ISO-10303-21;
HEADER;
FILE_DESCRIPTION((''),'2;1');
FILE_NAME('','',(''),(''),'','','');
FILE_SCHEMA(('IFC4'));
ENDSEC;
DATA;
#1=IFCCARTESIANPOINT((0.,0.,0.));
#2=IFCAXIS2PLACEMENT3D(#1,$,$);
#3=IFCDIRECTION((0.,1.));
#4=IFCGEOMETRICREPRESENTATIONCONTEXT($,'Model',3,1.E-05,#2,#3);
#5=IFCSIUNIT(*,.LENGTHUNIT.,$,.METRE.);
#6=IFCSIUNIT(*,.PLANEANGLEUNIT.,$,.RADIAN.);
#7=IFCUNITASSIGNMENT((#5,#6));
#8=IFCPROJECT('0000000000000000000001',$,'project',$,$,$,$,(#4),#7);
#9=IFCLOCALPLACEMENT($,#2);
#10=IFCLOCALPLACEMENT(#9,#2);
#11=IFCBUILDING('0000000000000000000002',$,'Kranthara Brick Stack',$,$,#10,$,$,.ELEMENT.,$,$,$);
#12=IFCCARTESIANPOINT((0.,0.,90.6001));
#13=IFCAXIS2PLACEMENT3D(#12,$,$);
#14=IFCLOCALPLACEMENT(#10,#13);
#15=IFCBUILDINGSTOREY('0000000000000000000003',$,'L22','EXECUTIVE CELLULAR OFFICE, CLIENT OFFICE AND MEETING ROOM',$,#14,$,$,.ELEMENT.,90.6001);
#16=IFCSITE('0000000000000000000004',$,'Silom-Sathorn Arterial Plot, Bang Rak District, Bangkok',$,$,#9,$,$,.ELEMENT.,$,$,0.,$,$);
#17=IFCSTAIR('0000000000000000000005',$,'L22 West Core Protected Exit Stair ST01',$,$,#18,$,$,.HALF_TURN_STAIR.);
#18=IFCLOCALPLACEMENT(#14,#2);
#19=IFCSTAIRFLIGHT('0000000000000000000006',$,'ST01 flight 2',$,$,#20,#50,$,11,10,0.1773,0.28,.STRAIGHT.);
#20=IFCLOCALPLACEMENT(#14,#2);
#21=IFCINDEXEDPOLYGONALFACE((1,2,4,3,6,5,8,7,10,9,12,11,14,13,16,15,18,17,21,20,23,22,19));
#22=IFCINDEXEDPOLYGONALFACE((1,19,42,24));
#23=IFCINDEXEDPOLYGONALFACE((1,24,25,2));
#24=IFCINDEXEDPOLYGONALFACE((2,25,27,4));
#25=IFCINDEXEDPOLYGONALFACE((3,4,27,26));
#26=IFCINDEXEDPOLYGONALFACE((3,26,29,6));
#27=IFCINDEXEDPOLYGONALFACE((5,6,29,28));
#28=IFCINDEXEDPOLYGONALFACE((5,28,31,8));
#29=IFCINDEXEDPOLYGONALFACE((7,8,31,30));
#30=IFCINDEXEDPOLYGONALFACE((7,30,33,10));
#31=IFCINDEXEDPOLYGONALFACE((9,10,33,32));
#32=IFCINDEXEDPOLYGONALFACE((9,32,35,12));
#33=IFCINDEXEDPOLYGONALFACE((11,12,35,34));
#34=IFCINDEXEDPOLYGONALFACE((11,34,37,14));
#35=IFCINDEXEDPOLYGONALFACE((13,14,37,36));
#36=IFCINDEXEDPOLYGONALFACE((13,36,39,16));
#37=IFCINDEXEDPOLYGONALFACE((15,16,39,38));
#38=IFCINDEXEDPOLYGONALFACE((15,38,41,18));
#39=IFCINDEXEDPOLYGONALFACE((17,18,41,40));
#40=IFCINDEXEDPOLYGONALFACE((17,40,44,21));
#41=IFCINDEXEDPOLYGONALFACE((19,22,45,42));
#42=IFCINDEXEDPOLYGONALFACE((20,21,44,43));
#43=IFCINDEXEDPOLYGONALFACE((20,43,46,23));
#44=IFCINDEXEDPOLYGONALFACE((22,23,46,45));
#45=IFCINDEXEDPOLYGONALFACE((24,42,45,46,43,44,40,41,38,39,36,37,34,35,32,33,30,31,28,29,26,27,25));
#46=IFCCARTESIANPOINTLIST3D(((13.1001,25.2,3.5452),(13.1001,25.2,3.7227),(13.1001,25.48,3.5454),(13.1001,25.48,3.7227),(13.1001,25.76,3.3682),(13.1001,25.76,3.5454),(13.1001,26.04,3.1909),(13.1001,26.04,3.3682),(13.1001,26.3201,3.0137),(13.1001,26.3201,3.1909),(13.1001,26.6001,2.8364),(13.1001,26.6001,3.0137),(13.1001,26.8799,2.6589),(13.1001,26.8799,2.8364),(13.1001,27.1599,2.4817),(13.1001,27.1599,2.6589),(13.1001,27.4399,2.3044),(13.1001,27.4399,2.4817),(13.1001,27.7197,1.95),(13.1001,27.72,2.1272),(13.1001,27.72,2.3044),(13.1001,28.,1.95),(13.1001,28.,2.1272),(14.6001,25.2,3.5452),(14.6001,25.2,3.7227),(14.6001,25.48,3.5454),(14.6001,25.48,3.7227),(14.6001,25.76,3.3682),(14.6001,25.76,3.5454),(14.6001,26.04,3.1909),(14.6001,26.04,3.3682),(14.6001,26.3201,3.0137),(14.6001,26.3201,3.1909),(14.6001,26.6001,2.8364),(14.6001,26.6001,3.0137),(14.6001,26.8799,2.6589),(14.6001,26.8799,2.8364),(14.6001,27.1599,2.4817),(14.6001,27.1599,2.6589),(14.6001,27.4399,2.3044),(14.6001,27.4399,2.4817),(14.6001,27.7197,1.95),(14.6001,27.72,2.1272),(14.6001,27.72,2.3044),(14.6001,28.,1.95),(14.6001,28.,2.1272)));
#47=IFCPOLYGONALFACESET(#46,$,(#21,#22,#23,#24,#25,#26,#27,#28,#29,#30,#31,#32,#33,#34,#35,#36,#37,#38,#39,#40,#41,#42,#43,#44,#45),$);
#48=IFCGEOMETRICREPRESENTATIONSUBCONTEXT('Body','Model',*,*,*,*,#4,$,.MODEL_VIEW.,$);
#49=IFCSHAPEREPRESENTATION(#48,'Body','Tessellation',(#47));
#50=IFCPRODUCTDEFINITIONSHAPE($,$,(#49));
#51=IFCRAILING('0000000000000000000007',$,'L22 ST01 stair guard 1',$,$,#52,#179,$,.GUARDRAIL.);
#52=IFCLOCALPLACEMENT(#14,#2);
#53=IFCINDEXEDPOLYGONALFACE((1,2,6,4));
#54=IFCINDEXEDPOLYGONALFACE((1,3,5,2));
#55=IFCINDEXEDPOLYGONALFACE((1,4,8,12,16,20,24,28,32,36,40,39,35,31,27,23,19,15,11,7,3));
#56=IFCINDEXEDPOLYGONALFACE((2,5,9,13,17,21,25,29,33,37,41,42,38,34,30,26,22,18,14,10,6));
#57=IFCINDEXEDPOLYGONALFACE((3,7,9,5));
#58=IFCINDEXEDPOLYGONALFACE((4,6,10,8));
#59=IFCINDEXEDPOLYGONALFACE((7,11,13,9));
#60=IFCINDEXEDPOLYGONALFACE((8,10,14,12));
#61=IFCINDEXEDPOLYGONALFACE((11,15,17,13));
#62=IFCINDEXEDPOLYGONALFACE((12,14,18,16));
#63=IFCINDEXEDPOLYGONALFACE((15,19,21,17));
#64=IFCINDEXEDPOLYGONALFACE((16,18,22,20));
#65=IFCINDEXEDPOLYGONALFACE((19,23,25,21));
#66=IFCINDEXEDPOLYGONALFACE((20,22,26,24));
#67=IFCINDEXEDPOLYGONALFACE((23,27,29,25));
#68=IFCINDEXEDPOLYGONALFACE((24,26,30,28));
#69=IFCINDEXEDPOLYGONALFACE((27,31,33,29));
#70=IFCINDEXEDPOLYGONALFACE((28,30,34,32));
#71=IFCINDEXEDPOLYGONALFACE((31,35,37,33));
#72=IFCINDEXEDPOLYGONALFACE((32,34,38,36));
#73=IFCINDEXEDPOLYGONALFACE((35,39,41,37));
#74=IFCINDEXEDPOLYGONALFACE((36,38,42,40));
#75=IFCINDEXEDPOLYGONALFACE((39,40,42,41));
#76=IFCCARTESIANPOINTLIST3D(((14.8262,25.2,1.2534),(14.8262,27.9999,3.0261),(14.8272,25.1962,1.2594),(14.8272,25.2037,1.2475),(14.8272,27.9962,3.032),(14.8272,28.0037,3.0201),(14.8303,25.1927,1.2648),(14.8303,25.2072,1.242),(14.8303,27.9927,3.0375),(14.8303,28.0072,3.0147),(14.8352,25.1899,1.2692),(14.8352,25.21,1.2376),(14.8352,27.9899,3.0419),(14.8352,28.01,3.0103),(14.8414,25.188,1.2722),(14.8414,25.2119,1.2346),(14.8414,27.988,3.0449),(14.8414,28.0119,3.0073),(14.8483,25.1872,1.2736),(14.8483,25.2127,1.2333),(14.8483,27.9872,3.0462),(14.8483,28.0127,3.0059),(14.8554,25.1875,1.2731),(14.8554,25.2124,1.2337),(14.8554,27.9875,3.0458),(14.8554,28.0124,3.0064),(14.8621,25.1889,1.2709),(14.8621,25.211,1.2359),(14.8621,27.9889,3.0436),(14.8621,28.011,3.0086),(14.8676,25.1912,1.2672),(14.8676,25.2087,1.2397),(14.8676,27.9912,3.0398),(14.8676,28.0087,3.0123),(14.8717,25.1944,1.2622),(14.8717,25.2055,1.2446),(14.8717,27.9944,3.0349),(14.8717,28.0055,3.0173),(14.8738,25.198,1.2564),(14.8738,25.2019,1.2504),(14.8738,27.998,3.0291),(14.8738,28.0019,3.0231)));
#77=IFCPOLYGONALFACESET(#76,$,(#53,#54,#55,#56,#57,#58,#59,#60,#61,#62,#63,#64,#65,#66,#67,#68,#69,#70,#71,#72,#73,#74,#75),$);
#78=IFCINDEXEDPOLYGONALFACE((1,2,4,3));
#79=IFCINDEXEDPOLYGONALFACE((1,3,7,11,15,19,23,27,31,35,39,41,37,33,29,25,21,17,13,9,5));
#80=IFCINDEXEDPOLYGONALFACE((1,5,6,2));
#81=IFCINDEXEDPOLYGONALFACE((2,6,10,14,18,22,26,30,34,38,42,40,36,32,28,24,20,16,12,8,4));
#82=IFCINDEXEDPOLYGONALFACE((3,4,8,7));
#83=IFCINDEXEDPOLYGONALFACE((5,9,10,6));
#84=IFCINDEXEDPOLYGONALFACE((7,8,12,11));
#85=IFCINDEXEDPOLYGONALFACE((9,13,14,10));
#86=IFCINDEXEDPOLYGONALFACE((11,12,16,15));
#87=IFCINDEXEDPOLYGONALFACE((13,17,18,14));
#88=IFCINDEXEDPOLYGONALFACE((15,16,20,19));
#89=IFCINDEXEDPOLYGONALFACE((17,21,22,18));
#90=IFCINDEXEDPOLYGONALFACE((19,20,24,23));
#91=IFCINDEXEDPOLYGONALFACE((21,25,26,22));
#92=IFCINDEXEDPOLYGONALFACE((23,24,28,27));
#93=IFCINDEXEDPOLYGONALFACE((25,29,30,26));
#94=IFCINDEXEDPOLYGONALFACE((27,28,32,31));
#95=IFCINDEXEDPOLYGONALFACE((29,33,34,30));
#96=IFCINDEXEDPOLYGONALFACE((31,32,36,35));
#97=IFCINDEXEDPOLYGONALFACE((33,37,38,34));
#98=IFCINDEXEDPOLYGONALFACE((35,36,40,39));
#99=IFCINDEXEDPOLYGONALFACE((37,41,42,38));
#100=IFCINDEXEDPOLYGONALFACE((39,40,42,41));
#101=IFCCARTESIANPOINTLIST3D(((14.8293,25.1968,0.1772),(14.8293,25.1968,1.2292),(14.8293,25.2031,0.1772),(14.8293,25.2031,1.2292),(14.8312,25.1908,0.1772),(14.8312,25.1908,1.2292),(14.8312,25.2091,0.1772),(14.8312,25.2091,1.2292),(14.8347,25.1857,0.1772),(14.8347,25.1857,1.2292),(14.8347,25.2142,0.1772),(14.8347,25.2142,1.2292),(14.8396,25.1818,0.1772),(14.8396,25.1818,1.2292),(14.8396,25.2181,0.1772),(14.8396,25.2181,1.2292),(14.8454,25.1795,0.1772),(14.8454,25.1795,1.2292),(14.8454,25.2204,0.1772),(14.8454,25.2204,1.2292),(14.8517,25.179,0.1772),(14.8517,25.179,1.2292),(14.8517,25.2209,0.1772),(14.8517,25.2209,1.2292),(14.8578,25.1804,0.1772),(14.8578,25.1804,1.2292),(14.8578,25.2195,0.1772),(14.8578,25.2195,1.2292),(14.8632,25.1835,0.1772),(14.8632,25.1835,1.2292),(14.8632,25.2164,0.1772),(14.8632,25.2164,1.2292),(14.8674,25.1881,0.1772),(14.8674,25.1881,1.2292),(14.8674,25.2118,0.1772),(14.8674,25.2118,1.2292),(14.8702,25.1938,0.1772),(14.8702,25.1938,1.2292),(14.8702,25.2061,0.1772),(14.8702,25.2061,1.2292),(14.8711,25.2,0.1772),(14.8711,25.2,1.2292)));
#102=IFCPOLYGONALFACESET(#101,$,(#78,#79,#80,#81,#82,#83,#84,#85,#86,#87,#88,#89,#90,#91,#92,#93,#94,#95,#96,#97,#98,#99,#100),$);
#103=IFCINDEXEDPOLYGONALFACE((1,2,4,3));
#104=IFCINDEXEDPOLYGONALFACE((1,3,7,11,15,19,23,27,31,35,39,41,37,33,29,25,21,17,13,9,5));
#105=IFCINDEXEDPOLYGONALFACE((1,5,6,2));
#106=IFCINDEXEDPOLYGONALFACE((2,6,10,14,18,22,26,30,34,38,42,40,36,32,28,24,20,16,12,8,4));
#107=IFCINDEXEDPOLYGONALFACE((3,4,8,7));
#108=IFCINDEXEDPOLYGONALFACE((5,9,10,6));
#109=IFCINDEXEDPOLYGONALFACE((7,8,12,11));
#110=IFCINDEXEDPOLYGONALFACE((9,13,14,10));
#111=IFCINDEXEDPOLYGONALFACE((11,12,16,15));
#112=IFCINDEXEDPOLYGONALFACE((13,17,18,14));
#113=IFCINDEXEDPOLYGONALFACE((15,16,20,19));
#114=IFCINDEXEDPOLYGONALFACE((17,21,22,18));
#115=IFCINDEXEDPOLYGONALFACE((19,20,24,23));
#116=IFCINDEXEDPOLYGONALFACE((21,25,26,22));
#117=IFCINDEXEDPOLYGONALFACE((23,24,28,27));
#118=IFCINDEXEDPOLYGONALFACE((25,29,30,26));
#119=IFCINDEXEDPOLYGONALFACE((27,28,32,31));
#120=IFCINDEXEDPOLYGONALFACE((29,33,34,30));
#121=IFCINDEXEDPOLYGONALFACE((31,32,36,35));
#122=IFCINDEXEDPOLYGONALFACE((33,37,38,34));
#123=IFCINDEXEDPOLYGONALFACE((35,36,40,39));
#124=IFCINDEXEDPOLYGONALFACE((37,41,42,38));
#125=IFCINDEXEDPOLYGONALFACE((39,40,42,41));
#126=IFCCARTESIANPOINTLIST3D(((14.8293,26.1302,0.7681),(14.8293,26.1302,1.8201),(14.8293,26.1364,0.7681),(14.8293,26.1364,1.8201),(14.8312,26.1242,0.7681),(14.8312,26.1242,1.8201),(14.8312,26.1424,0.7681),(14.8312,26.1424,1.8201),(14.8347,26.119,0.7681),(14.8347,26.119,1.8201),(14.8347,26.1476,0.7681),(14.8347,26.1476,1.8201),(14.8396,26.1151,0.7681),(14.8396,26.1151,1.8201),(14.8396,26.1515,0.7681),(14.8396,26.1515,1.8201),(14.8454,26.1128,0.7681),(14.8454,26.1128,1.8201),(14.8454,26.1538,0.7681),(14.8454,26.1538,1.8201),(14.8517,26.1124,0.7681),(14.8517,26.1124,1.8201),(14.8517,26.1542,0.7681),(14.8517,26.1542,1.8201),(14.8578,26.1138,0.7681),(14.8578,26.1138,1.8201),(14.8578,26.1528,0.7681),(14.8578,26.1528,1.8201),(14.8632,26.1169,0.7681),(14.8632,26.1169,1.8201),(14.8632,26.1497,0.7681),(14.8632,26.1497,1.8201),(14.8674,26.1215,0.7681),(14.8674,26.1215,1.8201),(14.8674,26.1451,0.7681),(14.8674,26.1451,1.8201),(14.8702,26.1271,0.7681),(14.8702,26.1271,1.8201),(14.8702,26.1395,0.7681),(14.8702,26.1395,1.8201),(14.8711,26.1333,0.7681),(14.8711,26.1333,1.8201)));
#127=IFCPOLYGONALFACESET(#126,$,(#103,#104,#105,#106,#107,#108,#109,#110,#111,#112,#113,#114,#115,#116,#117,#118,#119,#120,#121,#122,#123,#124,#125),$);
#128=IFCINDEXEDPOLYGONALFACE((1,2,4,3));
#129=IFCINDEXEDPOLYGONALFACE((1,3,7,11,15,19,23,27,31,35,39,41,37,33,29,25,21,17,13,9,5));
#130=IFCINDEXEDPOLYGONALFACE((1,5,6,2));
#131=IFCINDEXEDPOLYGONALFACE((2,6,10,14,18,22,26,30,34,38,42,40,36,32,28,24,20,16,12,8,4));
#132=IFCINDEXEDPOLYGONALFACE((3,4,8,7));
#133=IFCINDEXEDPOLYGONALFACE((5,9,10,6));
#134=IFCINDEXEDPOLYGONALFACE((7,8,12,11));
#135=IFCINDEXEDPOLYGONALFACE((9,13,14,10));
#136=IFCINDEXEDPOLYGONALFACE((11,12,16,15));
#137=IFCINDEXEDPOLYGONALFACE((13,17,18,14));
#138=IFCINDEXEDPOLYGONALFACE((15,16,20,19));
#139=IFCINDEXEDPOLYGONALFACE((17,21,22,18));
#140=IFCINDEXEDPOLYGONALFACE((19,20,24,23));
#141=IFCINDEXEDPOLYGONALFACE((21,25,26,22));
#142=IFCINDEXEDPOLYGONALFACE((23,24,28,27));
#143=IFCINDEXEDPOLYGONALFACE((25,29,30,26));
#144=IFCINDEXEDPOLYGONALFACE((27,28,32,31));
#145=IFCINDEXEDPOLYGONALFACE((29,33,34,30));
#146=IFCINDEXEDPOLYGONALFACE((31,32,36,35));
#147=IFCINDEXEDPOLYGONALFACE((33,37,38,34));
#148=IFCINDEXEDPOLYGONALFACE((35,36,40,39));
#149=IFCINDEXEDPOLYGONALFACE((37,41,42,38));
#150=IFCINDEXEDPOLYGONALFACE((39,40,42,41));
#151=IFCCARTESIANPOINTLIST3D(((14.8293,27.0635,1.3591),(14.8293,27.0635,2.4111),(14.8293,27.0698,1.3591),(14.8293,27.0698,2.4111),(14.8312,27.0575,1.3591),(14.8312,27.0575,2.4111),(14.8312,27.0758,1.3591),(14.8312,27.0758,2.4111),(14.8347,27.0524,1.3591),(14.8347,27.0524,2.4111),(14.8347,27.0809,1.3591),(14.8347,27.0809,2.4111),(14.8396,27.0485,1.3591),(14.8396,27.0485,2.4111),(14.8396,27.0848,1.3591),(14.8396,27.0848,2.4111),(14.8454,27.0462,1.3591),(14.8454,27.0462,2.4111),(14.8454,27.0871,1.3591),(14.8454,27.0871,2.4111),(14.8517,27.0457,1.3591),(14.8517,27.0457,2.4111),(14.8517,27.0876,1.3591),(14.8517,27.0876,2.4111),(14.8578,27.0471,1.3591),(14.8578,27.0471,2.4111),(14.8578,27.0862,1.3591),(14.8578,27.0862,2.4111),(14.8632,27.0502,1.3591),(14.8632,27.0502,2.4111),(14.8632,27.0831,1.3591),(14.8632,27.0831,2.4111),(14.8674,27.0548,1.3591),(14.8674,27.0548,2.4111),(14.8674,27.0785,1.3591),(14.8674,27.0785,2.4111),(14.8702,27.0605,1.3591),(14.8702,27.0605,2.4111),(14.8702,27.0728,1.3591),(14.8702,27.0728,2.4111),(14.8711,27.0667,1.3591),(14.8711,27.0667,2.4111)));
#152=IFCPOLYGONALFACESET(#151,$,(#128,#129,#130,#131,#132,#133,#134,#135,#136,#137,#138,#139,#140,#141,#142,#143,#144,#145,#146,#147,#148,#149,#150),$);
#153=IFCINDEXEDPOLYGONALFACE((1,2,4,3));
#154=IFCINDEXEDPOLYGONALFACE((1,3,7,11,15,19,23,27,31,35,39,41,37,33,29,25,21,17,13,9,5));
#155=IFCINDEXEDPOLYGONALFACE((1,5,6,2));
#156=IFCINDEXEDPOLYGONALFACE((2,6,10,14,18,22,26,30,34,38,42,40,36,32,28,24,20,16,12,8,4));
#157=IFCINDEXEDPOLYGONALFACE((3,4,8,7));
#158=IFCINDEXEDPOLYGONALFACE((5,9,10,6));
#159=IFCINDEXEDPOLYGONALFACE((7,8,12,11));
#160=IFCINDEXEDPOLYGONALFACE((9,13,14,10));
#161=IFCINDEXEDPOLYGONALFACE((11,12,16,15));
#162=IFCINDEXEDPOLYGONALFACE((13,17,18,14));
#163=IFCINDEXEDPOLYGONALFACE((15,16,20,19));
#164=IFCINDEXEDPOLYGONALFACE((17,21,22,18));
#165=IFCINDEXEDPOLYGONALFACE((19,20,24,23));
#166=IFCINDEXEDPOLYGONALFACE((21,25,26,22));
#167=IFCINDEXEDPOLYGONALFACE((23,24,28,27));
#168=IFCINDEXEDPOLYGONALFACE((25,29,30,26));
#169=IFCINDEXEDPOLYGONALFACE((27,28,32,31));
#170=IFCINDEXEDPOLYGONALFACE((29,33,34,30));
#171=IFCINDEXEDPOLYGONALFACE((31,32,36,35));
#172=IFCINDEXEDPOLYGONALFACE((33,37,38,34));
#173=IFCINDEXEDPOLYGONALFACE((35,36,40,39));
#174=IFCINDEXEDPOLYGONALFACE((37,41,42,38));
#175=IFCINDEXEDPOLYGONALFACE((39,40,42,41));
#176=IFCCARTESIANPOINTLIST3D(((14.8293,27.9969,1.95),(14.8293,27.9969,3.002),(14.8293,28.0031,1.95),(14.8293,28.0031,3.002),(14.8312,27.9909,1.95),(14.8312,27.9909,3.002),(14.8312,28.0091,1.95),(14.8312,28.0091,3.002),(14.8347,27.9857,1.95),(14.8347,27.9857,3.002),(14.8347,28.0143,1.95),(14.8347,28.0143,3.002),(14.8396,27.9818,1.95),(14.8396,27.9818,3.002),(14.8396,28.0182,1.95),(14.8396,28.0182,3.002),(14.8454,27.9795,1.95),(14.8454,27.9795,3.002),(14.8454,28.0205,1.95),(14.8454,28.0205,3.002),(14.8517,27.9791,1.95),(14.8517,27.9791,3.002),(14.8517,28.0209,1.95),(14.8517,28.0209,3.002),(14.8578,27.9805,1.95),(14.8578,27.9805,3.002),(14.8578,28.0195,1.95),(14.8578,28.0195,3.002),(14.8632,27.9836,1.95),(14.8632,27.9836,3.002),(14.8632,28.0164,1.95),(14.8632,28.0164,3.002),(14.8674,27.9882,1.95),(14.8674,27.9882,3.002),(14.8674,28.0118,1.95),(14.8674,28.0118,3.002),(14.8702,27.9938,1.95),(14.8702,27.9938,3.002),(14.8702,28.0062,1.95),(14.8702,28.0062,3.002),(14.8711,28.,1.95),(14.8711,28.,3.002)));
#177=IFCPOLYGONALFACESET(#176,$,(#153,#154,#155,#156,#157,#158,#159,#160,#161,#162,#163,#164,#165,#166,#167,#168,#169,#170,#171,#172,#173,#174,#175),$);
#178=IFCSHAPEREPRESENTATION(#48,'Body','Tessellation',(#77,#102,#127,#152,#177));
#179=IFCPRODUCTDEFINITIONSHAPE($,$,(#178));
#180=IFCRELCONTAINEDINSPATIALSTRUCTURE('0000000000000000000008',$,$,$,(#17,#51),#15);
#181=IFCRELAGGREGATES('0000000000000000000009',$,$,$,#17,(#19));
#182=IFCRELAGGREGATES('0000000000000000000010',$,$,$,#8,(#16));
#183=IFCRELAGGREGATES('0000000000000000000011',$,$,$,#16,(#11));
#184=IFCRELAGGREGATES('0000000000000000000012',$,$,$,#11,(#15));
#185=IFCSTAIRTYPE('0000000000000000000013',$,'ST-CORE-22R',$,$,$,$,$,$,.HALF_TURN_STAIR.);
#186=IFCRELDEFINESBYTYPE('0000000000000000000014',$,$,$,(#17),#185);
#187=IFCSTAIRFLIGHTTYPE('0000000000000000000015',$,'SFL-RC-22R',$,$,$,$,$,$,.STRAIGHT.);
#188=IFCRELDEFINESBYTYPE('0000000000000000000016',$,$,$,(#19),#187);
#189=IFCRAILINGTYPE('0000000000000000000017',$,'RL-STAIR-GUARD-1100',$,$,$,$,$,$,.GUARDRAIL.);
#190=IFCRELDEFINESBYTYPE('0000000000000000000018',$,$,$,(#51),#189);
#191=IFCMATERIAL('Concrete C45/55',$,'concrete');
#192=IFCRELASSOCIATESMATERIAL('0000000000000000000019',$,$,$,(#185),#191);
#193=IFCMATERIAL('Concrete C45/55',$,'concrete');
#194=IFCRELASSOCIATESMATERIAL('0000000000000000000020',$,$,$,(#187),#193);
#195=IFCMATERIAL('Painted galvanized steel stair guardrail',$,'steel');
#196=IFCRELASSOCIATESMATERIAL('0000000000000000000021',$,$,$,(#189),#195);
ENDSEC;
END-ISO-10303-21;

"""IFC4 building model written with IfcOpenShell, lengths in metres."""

from ifc_helpers import new_model, si_unit, direction, frame, origin, origin_2d, place, context, subcontext, project, spatial, polyline, circle, outline, extrude, material, type_object, element, aggregate, save


model = new_model("IFC4")

# Units and contexts
model_context = context("Model", 3, precision=1e-05, world=origin(), true_north=direction((0.0, 1.0)))
body_context = subcontext(model_context, "Body", "Model", "MODEL_VIEW")
ifc_project = project(units=[si_unit("LENGTHUNIT", "METRE"), si_unit("PLANEANGLEUNIT", "RADIAN")], contexts=[model_context])

# Site, building, storey
site_placement = place(None, origin())
site = spatial("IfcSite", under=ifc_project, at=site_placement, Name="Silom-Sathorn Arterial Plot, Bang Rak District, Bangkok", CompositionType="ELEMENT", RefElevation=0.0)
building_placement = place(site_placement, origin())
building = spatial("IfcBuilding", under=site, at=building_placement, Name="Kranthara Brick Stack", CompositionType="ELEMENT")
storey_placement = place(building_placement, frame((0.0, 0.0, 90.6001)))
storey = spatial("IfcBuildingStorey", under=building, at=storey_placement, Name="L22", Description="EXECUTIVE CELLULAR OFFICE, CLIENT OFFICE AND MEETING ROOM", CompositionType="ELEMENT", Elevation=90.6001)

# Stair, stair flight
ifc_material_1 = material(Name="Concrete C45/55", Category="concrete")
stair_type = type_object("IfcStairType", Name="ST-CORE-22R", PredefinedType="HALF_TURN_STAIR", material=ifc_material_1)
stair_placement = place(storey_placement, origin())
stair = element("IfcStair", 1, at=stair_placement, inside=storey, type_object=stair_type, Name="L22 West Core Protected Exit Stair ST01", PredefinedType="HALF_TURN_STAIR")
ifc_material_2 = material(Name="Concrete C45/55", Category="concrete")
stair_flight_type = type_object("IfcStairFlightType", Name="SFL-RC-22R", PredefinedType="STRAIGHT", material=ifc_material_2)
stair_flight_1_placement = place(storey_placement, frame((13.8501, 28.0, 1.95), z_axis=(0.0, 0.0, 1.0), x_axis=(0.0, -1.0, 0.0)))
stair_flight_1 = element("IfcStairFlight", 2, at=stair_flight_1_placement, type_object=stair_flight_type, Name="ST01 flight 2", NumberOfRisers=11, NumberOfTreads=10, PredefinedType="STRAIGHT", RiserHeight=0.1773, TreadLength=0.28, context=body_context, shape_type="SweptSolid", body=[
    extrude(outline(polyline([(0.0, 0.0), (0.0, 0.1772), (0.28, 0.1772), (0.28, 0.3545), (0.5601, 0.3545), (0.5601, 0.5317), (0.8401, 0.5317), (0.8401, 0.709), (1.1201, 0.709), (1.1201, 0.8865), (1.3999, 0.8865), (1.3999, 1.0637), (1.6799, 1.0637), (1.6799, 1.241), (1.96, 1.241), (1.96, 1.4182), (2.24, 1.4182), (2.24, 1.5955), (2.52, 1.5955), (2.52, 1.7727), (2.8, 1.7727), (2.8, 1.95), (2.8, 1.5952), (0.2803, 0.0), (0.0, 0.0)])), frame((0.0, 0.75, 0.0), z_axis=(0.0, -1.0, 0.0), x_axis=(1.0, 0.0, 0.0)), (0.0, 0.0, 1.0), 1.5),
])
aggregate(stair, [stair_flight_1])

# Railing
ifc_material_3 = material(Name="Painted galvanized steel stair guardrail", Category="steel")
railing_type_1 = type_object("IfcRailingType", Name="RL-STAIR-GUARD-1100", PredefinedType="GUARDRAIL", material=ifc_material_3)
railing_1_placement = place(storey_placement, frame((14.8501, 25.2, 0.1772)))
element("IfcRailing", 3, at=railing_1_placement, inside=storey, type_object=railing_type_1, Name="L22 ST01 stair guard 1", PredefinedType="GUARDRAIL", context=body_context, shape_type="SweptSolid", body=[
    extrude(circle(Radius=0.0239, at=origin_2d()), frame((0.0, 0.0, 1.0762), z_axis=(0.0, 0.844909, 0.53491), x_axis=(-1.0, 0.0, 0.0)), (0.0, 0.0, 1.0), 3.314),
    extrude(circle(Radius=0.021, at=origin_2d()), origin(), (0.0, 0.0, 1.0), 1.052),
    extrude(circle(Radius=0.021, at=origin_2d()), frame((0.0, 0.9333, 0.5908)), (0.0, 0.0, 1.0), 1.052),
    extrude(circle(Radius=0.021, at=origin_2d()), frame((0.0, 1.8667, 1.1819)), (0.0, 0.0, 1.0), 1.052),
    extrude(circle(Radius=0.021, at=origin_2d()), frame((0.0, 2.8, 1.7727)), (0.0, 0.0, 1.0), 1.052),
])

save(model, "model.ifc")
